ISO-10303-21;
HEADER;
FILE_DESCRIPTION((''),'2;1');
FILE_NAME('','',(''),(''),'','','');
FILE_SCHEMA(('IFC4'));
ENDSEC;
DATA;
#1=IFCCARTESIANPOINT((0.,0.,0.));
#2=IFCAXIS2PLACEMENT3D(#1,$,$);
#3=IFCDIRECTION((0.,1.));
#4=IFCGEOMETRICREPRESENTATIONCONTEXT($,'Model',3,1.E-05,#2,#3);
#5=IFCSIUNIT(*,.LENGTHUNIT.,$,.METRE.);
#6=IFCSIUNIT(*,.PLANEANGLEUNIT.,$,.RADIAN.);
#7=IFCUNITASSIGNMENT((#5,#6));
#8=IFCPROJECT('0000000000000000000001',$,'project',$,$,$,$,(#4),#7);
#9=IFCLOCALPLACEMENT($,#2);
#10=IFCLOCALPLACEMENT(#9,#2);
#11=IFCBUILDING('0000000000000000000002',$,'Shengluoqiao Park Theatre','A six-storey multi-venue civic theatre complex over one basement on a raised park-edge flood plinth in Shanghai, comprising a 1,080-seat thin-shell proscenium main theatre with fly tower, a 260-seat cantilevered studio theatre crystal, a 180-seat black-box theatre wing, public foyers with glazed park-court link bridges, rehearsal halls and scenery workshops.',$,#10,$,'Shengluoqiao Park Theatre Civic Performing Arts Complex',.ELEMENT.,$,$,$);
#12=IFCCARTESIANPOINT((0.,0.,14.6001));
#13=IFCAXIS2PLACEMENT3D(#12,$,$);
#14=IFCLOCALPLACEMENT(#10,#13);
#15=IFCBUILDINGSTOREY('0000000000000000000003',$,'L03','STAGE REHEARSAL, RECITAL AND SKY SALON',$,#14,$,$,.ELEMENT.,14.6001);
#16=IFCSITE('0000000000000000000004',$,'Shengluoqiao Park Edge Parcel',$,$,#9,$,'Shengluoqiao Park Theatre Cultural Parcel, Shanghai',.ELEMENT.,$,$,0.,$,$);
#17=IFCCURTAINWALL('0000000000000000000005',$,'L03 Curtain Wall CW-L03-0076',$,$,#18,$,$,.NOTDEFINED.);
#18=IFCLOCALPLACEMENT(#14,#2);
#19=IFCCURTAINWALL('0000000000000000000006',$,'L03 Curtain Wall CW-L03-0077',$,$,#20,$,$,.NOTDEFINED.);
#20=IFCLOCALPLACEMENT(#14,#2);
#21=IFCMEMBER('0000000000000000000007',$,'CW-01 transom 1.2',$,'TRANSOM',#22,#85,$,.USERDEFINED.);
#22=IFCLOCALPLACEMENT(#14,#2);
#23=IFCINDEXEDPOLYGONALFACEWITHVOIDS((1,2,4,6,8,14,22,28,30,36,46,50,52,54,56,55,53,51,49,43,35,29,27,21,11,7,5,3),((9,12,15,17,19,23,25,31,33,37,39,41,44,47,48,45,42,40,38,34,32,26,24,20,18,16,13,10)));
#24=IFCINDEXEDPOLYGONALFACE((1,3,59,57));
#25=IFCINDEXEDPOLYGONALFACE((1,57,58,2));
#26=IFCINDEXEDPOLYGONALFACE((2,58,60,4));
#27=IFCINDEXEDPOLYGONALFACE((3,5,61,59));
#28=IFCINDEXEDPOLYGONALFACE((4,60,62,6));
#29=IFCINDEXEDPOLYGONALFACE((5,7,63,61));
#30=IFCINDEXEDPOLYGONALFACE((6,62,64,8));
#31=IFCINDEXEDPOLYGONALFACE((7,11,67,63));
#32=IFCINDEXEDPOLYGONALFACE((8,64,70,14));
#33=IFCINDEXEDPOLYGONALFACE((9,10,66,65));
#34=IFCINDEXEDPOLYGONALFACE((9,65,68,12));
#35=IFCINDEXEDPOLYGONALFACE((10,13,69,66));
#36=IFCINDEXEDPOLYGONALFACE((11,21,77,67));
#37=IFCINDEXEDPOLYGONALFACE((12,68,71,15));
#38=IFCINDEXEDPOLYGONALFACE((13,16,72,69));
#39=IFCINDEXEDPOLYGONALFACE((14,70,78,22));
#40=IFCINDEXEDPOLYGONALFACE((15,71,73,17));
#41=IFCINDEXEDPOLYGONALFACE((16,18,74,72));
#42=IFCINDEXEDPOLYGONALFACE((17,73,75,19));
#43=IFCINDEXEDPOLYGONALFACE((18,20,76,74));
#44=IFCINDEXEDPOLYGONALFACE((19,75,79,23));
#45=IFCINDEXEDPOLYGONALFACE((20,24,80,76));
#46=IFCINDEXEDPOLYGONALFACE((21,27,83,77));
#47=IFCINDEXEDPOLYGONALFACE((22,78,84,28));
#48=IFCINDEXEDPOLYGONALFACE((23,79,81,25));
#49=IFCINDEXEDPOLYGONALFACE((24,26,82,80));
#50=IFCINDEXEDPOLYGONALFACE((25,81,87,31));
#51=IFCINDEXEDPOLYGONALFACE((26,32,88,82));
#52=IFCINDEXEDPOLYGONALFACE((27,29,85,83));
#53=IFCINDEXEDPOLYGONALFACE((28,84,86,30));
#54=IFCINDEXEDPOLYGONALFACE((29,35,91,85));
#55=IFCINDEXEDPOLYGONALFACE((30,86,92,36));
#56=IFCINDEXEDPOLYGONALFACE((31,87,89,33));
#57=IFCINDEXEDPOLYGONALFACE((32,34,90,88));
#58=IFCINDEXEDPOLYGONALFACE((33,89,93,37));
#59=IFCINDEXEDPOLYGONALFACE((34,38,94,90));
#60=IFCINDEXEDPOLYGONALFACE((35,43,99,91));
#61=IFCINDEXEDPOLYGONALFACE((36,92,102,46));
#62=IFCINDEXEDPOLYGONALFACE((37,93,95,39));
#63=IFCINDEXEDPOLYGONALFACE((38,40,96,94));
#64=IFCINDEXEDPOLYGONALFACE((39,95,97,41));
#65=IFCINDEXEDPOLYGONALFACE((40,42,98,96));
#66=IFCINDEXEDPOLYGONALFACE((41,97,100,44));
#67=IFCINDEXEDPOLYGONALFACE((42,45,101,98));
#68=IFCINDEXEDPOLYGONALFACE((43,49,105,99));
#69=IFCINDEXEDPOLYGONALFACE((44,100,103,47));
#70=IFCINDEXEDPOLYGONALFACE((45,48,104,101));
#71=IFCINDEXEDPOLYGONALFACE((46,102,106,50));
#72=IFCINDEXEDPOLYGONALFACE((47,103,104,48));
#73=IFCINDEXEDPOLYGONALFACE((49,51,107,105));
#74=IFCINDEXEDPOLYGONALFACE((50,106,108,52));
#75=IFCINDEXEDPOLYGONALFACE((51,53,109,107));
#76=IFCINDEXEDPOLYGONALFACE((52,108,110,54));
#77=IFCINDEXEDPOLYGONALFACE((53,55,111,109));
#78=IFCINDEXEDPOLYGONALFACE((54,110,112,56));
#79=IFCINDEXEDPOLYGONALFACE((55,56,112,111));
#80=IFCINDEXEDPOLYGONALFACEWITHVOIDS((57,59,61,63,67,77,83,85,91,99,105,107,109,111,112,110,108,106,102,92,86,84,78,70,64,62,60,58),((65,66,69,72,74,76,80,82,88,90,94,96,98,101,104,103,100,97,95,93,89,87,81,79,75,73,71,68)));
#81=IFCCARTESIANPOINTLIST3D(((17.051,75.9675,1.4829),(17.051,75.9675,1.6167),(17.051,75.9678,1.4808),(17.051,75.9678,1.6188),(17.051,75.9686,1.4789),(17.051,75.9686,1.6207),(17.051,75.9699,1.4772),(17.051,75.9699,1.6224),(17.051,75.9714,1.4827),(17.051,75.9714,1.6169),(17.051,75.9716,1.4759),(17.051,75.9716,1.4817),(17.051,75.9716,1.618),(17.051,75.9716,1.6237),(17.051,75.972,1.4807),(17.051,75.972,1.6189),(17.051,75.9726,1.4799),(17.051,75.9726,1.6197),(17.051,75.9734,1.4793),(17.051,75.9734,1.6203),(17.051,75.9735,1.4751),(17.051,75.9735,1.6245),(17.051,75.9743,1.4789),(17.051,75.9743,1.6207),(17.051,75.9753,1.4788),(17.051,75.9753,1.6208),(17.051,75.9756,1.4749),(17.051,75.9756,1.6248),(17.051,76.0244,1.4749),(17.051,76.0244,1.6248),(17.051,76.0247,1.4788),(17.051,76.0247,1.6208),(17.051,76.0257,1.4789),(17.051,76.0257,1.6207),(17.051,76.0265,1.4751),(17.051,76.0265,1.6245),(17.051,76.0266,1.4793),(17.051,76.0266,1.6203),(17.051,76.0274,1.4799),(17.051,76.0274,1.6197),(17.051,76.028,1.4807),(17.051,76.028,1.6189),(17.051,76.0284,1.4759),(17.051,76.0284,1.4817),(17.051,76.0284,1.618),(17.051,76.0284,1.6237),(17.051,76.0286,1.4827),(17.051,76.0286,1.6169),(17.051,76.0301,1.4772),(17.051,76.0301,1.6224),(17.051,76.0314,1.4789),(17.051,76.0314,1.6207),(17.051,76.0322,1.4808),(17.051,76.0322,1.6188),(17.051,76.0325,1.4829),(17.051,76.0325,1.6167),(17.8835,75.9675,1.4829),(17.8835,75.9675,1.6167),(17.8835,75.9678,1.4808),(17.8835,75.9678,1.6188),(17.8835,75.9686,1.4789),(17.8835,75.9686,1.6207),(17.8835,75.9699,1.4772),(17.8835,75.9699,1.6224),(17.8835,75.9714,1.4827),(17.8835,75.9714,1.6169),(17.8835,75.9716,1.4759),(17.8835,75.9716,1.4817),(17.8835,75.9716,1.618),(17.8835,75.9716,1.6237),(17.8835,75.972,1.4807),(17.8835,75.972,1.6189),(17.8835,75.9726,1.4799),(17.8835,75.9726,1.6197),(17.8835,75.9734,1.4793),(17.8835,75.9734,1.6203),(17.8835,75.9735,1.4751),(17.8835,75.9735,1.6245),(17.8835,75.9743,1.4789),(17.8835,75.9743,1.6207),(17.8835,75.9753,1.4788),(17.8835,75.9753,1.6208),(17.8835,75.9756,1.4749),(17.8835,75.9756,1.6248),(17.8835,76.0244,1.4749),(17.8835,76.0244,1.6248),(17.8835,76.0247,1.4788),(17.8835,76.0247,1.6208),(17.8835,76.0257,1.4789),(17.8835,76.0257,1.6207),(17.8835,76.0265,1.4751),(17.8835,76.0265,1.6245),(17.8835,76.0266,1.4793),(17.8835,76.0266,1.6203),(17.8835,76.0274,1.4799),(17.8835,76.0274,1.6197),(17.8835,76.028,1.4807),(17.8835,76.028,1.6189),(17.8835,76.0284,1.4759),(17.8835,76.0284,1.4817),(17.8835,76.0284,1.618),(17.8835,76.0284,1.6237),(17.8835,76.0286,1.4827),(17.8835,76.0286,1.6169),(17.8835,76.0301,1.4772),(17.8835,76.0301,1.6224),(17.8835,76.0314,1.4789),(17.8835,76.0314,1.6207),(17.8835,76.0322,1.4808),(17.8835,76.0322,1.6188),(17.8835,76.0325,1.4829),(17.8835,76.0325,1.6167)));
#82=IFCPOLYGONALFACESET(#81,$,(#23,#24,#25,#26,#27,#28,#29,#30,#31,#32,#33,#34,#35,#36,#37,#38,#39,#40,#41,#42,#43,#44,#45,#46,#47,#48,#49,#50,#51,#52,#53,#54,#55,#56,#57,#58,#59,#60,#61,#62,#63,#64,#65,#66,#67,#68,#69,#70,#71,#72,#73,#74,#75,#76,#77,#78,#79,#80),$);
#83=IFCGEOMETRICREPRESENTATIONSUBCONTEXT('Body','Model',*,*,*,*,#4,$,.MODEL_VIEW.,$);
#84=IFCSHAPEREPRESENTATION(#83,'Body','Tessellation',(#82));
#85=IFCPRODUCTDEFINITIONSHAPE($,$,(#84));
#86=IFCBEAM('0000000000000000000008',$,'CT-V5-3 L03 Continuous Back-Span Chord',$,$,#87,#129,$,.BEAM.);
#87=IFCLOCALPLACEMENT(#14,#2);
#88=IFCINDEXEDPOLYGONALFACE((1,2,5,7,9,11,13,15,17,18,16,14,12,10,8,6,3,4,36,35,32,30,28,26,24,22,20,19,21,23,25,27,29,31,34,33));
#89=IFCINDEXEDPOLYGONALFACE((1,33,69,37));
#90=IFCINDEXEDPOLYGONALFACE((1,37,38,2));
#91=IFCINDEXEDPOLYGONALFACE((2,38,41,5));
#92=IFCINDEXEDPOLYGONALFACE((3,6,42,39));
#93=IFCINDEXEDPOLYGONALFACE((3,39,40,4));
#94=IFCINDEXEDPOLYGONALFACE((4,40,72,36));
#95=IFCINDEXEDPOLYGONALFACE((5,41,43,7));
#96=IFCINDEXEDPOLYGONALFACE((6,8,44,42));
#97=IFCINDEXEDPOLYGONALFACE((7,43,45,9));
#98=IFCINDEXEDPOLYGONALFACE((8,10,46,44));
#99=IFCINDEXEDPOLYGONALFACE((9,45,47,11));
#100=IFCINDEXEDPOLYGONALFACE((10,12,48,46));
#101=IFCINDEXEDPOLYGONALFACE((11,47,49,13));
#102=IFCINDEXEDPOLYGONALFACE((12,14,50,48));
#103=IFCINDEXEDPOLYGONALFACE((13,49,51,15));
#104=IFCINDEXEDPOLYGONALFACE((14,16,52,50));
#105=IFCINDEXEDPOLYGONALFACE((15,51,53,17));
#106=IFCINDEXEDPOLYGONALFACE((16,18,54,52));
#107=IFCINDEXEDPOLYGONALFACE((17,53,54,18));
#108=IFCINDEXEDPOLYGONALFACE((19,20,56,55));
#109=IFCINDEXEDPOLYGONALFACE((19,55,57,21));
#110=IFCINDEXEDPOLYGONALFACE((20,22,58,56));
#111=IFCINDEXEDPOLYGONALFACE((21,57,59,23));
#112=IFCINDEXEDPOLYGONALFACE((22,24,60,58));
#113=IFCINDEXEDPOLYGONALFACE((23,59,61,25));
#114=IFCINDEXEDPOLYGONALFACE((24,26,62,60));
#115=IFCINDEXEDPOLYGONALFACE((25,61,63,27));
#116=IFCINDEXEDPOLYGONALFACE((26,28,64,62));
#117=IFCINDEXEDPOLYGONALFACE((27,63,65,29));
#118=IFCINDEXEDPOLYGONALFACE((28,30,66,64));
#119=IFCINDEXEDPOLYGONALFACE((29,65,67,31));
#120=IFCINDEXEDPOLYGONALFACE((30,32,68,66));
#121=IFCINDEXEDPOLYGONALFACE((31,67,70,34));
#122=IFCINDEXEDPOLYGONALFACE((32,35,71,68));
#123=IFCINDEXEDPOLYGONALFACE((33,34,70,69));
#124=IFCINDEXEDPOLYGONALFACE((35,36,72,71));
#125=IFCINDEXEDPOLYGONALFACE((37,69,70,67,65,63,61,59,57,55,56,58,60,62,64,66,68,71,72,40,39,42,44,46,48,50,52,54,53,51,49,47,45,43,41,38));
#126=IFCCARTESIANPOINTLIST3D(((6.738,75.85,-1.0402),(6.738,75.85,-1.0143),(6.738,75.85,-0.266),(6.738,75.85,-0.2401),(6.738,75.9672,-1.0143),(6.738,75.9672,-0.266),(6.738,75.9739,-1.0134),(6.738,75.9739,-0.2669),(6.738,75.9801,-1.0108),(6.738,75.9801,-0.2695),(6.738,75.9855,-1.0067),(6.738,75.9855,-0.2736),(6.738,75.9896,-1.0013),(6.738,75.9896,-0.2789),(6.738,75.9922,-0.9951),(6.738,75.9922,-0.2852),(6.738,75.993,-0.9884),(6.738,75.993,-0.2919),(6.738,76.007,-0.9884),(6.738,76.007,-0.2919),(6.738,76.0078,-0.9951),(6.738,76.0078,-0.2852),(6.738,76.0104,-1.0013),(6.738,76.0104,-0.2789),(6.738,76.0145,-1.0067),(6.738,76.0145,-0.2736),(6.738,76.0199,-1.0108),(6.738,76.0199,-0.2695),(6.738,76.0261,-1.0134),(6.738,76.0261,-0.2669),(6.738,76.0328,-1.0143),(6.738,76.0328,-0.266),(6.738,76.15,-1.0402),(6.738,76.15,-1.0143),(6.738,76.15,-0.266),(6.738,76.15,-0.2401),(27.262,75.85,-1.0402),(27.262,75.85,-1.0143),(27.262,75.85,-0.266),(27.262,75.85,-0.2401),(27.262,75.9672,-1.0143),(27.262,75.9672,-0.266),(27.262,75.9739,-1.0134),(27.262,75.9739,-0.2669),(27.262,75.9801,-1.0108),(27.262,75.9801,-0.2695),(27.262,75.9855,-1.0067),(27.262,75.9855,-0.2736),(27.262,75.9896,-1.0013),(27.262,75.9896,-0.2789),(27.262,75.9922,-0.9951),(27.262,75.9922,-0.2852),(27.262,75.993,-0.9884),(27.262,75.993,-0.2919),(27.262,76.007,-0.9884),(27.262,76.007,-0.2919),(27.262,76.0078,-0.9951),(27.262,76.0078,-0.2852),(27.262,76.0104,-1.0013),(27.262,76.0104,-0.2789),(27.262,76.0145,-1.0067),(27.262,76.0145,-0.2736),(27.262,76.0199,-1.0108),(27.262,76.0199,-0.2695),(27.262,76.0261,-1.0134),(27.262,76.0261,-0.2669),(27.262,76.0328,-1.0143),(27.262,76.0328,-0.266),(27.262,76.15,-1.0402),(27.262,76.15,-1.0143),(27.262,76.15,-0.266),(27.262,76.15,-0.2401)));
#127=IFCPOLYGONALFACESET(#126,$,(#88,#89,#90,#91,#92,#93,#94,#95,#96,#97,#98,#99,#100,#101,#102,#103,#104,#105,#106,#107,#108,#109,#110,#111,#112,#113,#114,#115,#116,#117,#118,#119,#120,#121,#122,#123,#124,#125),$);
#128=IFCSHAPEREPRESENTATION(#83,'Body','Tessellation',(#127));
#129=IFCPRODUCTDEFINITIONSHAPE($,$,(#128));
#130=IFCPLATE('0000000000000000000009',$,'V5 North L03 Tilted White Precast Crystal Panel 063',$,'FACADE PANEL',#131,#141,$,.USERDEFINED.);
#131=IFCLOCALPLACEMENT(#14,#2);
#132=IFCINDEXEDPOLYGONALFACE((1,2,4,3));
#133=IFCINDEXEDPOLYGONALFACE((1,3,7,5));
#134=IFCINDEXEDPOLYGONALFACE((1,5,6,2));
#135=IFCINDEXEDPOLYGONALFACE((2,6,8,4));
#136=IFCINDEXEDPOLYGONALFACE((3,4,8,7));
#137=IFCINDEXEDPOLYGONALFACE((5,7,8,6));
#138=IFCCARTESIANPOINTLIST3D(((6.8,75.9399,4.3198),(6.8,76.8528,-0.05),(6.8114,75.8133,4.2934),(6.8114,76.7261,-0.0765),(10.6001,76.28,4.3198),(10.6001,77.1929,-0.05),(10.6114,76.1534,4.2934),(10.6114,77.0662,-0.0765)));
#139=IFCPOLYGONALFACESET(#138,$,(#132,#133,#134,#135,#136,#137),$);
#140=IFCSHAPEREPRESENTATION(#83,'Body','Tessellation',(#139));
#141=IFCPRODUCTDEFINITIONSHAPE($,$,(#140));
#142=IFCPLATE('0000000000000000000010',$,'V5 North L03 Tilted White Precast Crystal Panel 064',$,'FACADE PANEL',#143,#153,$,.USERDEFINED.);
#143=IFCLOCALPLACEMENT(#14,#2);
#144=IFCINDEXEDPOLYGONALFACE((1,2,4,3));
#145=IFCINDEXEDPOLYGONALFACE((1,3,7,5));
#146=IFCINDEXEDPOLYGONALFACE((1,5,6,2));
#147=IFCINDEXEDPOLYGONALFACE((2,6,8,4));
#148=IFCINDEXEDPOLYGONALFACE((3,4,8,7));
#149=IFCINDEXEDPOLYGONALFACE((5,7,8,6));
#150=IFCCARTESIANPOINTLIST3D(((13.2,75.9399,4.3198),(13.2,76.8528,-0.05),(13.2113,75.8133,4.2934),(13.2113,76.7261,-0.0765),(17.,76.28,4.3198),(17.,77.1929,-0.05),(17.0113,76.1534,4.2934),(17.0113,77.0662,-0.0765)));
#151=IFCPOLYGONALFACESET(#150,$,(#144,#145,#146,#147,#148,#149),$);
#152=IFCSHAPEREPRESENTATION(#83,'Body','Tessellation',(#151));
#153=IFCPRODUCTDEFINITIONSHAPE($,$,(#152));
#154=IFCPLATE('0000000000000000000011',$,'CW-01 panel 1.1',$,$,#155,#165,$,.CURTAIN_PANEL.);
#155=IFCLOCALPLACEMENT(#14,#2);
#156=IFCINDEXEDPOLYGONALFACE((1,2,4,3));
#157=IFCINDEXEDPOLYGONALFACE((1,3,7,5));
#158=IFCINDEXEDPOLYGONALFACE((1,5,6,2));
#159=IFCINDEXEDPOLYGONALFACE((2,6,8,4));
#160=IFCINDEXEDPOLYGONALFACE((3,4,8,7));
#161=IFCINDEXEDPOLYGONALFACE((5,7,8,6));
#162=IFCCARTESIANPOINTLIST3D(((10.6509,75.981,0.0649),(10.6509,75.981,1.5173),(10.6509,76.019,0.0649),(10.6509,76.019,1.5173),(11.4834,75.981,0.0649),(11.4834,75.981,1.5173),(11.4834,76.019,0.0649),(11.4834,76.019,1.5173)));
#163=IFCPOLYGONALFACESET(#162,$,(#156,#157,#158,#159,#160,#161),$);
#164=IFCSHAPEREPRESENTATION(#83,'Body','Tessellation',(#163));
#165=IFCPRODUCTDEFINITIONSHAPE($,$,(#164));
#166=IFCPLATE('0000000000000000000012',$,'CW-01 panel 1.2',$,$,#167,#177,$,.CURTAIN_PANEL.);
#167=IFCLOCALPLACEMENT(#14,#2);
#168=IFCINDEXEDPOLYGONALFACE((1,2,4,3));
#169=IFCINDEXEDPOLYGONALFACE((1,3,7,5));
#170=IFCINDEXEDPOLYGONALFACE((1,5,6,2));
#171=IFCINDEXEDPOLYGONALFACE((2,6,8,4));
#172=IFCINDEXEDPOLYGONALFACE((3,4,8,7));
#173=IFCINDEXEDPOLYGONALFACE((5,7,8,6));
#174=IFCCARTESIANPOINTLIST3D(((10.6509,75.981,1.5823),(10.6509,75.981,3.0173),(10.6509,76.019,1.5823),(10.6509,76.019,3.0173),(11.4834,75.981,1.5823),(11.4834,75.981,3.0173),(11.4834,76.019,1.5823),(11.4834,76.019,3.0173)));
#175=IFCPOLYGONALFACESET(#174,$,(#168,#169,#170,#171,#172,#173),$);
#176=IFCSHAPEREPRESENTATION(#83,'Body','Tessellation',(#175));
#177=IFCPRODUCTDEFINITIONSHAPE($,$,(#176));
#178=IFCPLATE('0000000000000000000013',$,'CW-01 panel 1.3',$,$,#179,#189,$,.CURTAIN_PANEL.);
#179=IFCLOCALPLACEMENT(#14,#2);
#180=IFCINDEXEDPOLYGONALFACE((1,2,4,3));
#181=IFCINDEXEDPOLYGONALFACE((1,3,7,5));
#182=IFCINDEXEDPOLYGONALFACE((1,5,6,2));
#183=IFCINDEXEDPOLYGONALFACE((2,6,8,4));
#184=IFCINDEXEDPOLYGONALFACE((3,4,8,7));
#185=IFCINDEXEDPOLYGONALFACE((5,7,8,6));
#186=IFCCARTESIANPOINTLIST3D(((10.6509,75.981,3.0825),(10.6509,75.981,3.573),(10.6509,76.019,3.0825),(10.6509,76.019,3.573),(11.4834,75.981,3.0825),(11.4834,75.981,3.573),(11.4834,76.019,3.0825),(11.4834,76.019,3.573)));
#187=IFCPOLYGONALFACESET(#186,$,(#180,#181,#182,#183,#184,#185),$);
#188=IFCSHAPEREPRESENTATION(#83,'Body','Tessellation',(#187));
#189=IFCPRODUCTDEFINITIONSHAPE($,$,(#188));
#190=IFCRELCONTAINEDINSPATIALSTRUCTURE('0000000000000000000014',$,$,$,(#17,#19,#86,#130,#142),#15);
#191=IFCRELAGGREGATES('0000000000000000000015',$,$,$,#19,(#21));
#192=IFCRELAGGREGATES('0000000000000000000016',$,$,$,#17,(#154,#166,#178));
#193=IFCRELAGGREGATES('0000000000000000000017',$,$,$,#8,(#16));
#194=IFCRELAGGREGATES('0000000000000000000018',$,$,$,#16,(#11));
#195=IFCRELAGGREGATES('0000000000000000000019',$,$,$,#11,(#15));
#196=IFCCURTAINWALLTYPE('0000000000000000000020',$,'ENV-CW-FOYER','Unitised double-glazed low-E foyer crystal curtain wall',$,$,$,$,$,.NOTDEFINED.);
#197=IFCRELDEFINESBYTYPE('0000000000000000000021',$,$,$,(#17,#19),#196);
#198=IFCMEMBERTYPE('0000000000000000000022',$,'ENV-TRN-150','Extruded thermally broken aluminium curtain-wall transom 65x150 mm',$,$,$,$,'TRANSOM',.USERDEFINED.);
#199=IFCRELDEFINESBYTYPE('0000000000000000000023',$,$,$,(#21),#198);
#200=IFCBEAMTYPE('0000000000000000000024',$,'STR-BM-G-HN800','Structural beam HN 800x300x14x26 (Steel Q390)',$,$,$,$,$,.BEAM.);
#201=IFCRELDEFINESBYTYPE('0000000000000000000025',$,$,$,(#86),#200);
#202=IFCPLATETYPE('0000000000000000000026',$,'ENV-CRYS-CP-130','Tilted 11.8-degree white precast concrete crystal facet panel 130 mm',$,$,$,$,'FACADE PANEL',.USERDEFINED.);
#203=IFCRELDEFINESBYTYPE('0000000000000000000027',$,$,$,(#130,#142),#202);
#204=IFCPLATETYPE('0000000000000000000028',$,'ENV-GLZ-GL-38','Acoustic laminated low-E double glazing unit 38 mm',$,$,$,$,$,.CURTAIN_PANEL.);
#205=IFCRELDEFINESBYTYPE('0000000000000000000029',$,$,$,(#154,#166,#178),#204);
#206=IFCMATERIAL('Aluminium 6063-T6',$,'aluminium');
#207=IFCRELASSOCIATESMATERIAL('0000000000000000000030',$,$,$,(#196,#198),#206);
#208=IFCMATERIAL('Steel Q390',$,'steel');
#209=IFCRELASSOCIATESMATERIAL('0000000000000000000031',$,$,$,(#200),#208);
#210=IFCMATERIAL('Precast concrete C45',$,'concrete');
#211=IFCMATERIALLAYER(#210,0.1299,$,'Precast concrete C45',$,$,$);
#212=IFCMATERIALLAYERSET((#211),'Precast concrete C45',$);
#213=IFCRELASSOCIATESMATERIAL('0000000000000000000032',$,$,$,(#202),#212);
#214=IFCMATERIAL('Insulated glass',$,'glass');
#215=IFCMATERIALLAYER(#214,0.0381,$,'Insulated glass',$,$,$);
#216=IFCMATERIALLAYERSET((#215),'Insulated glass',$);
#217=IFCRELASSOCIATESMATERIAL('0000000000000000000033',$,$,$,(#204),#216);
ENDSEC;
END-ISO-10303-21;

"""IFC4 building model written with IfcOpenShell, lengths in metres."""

from ifc_helpers import new_model, si_unit, direction, frame, origin, origin_2d, place, context, subcontext, project, spatial, polyline, rectangle, hollow_rectangle, i_section, outline, extrude, material, layer, layer_set, material_profile, profile_set, type_object, element, aggregate, save


model = new_model("IFC4")

# Units and contexts
model_context = context("Model", 3, precision=1e-05, world=origin(), true_north=direction((0.0, 1.0)))
body_context = subcontext(model_context, "Body", "Model", "MODEL_VIEW")
ifc_project = project(units=[si_unit("LENGTHUNIT", "METRE"), si_unit("PLANEANGLEUNIT", "RADIAN")], contexts=[model_context])

# Site, building, storey
site_placement = place(None, origin())
site = spatial("IfcSite", under=ifc_project, at=site_placement, Name="Shengluoqiao Park Edge Parcel", LongName="Shengluoqiao Park Theatre Cultural Parcel, Shanghai", CompositionType="ELEMENT", RefElevation=0.0)
building_placement = place(site_placement, origin())
building = spatial("IfcBuilding", under=site, at=building_placement, Name="Shengluoqiao Park Theatre", Description="A six-storey multi-venue civic theatre complex over one basement on a raised park-edge flood plinth in Shanghai, comprising a 1,080-seat thin-shell proscenium main theatre with fly tower, a 260-seat cantilevered studio theatre crystal, a 180-seat black-box theatre wing, public foyers with glazed park-court link bridges, rehearsal halls and scenery workshops.", LongName="Shengluoqiao Park Theatre Civic Performing Arts Complex", CompositionType="ELEMENT")
storey_placement = place(building_placement, frame((0.0, 0.0, 14.6001)))
storey = spatial("IfcBuildingStorey", under=building, at=storey_placement, Name="L03", Description="STAGE REHEARSAL, RECITAL AND SKY SALON", CompositionType="ELEMENT", Elevation=14.6001)

# Curtain wall
ifc_material_1 = material(Name="Aluminium 6063-T6", Category="aluminium")
curtain_wall_type = type_object("IfcCurtainWallType", Name="ENV-CW-FOYER", Description="Unitised double-glazed low-E foyer crystal curtain wall", PredefinedType="NOTDEFINED", material=ifc_material_1)
curtain_wall_1_placement = place(storey_placement, origin())
curtain_wall_1 = element("IfcCurtainWall", 1, at=curtain_wall_1_placement, inside=storey, type_object=curtain_wall_type, Name="L03 Curtain Wall CW-L03-0076", PredefinedType="NOTDEFINED")

# Curtain wall
curtain_wall_2_placement = place(storey_placement, origin())
curtain_wall_2 = element("IfcCurtainWall", 2, at=curtain_wall_2_placement, inside=storey, type_object=curtain_wall_type, Name="L03 Curtain Wall CW-L03-0077", PredefinedType="NOTDEFINED")

# Member
ifc_material_profile_1 = material_profile(ifc_material_1, hollow_rectangle(XDim=0.0649, YDim=0.1499, WallThickness=0.0039, InnerFilletRadius=0.0039, OuterFilletRadius=0.0081, at=origin_2d()), Name="ALU TRANSOM 150x65x4")
ifc_profile_set_1 = profile_set([ifc_material_profile_1], Name="Aluminium 6063-T6")
member_type_1 = type_object("IfcMemberType", Name="ENV-TRN-150", Description="Extruded thermally broken aluminium curtain-wall transom 65x150 mm", ElementType="TRANSOM", PredefinedType="USERDEFINED", material=ifc_profile_set_1)
member_1_placement = place(storey_placement, frame((17.051, 76.0, 1.5498), z_axis=(1.0, 0.0, 0.0), x_axis=(0.0, 1.0, 0.0)))
member_1 = element("IfcMember", 3, at=member_1_placement, type_object=member_type_1, Name="CW-01 transom 1.2", ObjectType="TRANSOM", PredefinedType="USERDEFINED", context=body_context, shape_type="SweptSolid", body=[
    extrude(hollow_rectangle(XDim=0.0649, YDim=0.1499, WallThickness=0.0039, InnerFilletRadius=0.0039, OuterFilletRadius=0.0081, at=origin_2d()), origin(), (0.0, 0.0, 1.0), 0.8325),
])
aggregate(curtain_wall_2, [member_1])

# Beam
ifc_material_2 = material(Name="Steel Q390", Category="steel")
ifc_material_profile_2 = material_profile(ifc_material_2, i_section(OverallWidth=0.3, OverallDepth=0.8, WebThickness=0.0139, FlangeThickness=0.0259, FilletRadius=0.0259, at=origin_2d()), Name="HN 800x300x14x26")
ifc_profile_set_2 = profile_set([ifc_material_profile_2], Name="Steel Q390")
beam_type = type_object("IfcBeamType", Name="STR-BM-G-HN800", Description="Structural beam HN 800x300x14x26 (Steel Q390)", PredefinedType="BEAM", material=ifc_profile_set_2)
beam_placement = place(storey_placement, frame((6.738, 76.0, -0.6401), z_axis=(1.0, 0.0, 0.0), x_axis=(0.0, 1.0, 0.0)))
element("IfcBeam", 4, at=beam_placement, inside=storey, type_object=beam_type, Name="CT-V5-3 L03 Continuous Back-Span Chord", PredefinedType="BEAM", context=body_context, shape_type="SweptSolid", body=[
    extrude(i_section(OverallWidth=0.3, OverallDepth=0.8, WebThickness=0.0139, FlangeThickness=0.0259, FilletRadius=0.0259, at=origin_2d()), origin(), (0.0, 0.0, 1.0), 20.5239),
])

# Plates
ifc_material_3 = material(Name="Precast concrete C45", Category="concrete")
ifc_layer_1 = layer(ifc_material_3, 0.1299, Name="Precast concrete C45")
ifc_layer_set_1 = layer_set([ifc_layer_1], Name="Precast concrete C45")
plate_type_1 = type_object("IfcPlateType", Name="ENV-CRYS-CP-130", Description="Tilted 11.8-degree white precast concrete crystal facet panel 130 mm", ElementType="FACADE PANEL", PredefinedType="USERDEFINED", material=ifc_layer_set_1)
for number, where, z_axis, x_axis, name in (
    (5, (6.8, 76.8528, -0.05), (-0.08727, 0.975136, 0.2037), (0.996019, 0.089139, 0.0), "V5 North L03 Tilted White Precast Crystal Panel 063"),
    (6, (13.2, 76.8528, -0.05), (-0.08727, 0.975136, 0.2037), (0.996019, 0.089139, 0.0), "V5 North L03 Tilted White Precast Crystal Panel 064"),
):
    element("IfcPlate", number, at=place(storey_placement, frame(where, z_axis=z_axis, x_axis=x_axis)), inside=storey, type_object=plate_type_1, Name=name, ObjectType="FACADE PANEL", PredefinedType="USERDEFINED", context=body_context, shape_type="SweptSolid", body=[
        extrude(outline(polyline([(0.0, 0.0), (3.8152, 0.0), (3.7339, -4.4635), (-0.0814, -4.4635), (0.0, 0.0)])), origin(), (0.0, 0.0, -1.0), 0.1299),
    ])

# Plates
ifc_material_4 = material(Name="Insulated glass", Category="glass")
ifc_layer_2 = layer(ifc_material_4, 0.0381, Name="Insulated glass")
ifc_layer_set_2 = layer_set([ifc_layer_2], Name="Insulated glass")
plate_type_2 = type_object("IfcPlateType", Name="ENV-GLZ-GL-38", Description="Acoustic laminated low-E double glazing unit 38 mm", PredefinedType="CURTAIN_PANEL", material=ifc_layer_set_2)
plate_1_placement = place(storey_placement, frame((11.0671, 76.0, 0.0649), z_axis=(0.0, 0.0, 1.0), x_axis=(1.0, 0.0, 0.0)))
plate_1 = element("IfcPlate", 7, at=plate_1_placement, type_object=plate_type_2, Name="CW-01 panel 1.1", PredefinedType="CURTAIN_PANEL", context=body_context, shape_type="SweptSolid", body=[
    extrude(rectangle(XDim=0.8325, YDim=0.0381, at=origin_2d()), origin(), (0.0, 0.0, 1.0), 1.4524),
])
plate_2_placement = place(storey_placement, frame((11.0671, 76.0, 1.5823), z_axis=(0.0, 0.0, 1.0), x_axis=(1.0, 0.0, 0.0)))
plate_2 = element("IfcPlate", 8, at=plate_2_placement, type_object=plate_type_2, Name="CW-01 panel 1.2", PredefinedType="CURTAIN_PANEL", context=body_context, shape_type="SweptSolid", body=[
    extrude(rectangle(XDim=0.8325, YDim=0.0381, at=origin_2d()), origin(), (0.0, 0.0, 1.0), 1.4351),
])
plate_3_placement = place(storey_placement, frame((11.0671, 76.0, 3.0825), z_axis=(0.0, 0.0, 1.0), x_axis=(1.0, 0.0, 0.0)))
plate_3 = element("IfcPlate", 9, at=plate_3_placement, type_object=plate_type_2, Name="CW-01 panel 1.3", PredefinedType="CURTAIN_PANEL", context=body_context, shape_type="SweptSolid", body=[
    extrude(rectangle(XDim=0.8325, YDim=0.0381, at=origin_2d()), origin(), (0.0, 0.0, 1.0), 0.4905),
])
aggregate(curtain_wall_1, [plate_1, plate_2, plate_3])

save(model, "model.ifc")
